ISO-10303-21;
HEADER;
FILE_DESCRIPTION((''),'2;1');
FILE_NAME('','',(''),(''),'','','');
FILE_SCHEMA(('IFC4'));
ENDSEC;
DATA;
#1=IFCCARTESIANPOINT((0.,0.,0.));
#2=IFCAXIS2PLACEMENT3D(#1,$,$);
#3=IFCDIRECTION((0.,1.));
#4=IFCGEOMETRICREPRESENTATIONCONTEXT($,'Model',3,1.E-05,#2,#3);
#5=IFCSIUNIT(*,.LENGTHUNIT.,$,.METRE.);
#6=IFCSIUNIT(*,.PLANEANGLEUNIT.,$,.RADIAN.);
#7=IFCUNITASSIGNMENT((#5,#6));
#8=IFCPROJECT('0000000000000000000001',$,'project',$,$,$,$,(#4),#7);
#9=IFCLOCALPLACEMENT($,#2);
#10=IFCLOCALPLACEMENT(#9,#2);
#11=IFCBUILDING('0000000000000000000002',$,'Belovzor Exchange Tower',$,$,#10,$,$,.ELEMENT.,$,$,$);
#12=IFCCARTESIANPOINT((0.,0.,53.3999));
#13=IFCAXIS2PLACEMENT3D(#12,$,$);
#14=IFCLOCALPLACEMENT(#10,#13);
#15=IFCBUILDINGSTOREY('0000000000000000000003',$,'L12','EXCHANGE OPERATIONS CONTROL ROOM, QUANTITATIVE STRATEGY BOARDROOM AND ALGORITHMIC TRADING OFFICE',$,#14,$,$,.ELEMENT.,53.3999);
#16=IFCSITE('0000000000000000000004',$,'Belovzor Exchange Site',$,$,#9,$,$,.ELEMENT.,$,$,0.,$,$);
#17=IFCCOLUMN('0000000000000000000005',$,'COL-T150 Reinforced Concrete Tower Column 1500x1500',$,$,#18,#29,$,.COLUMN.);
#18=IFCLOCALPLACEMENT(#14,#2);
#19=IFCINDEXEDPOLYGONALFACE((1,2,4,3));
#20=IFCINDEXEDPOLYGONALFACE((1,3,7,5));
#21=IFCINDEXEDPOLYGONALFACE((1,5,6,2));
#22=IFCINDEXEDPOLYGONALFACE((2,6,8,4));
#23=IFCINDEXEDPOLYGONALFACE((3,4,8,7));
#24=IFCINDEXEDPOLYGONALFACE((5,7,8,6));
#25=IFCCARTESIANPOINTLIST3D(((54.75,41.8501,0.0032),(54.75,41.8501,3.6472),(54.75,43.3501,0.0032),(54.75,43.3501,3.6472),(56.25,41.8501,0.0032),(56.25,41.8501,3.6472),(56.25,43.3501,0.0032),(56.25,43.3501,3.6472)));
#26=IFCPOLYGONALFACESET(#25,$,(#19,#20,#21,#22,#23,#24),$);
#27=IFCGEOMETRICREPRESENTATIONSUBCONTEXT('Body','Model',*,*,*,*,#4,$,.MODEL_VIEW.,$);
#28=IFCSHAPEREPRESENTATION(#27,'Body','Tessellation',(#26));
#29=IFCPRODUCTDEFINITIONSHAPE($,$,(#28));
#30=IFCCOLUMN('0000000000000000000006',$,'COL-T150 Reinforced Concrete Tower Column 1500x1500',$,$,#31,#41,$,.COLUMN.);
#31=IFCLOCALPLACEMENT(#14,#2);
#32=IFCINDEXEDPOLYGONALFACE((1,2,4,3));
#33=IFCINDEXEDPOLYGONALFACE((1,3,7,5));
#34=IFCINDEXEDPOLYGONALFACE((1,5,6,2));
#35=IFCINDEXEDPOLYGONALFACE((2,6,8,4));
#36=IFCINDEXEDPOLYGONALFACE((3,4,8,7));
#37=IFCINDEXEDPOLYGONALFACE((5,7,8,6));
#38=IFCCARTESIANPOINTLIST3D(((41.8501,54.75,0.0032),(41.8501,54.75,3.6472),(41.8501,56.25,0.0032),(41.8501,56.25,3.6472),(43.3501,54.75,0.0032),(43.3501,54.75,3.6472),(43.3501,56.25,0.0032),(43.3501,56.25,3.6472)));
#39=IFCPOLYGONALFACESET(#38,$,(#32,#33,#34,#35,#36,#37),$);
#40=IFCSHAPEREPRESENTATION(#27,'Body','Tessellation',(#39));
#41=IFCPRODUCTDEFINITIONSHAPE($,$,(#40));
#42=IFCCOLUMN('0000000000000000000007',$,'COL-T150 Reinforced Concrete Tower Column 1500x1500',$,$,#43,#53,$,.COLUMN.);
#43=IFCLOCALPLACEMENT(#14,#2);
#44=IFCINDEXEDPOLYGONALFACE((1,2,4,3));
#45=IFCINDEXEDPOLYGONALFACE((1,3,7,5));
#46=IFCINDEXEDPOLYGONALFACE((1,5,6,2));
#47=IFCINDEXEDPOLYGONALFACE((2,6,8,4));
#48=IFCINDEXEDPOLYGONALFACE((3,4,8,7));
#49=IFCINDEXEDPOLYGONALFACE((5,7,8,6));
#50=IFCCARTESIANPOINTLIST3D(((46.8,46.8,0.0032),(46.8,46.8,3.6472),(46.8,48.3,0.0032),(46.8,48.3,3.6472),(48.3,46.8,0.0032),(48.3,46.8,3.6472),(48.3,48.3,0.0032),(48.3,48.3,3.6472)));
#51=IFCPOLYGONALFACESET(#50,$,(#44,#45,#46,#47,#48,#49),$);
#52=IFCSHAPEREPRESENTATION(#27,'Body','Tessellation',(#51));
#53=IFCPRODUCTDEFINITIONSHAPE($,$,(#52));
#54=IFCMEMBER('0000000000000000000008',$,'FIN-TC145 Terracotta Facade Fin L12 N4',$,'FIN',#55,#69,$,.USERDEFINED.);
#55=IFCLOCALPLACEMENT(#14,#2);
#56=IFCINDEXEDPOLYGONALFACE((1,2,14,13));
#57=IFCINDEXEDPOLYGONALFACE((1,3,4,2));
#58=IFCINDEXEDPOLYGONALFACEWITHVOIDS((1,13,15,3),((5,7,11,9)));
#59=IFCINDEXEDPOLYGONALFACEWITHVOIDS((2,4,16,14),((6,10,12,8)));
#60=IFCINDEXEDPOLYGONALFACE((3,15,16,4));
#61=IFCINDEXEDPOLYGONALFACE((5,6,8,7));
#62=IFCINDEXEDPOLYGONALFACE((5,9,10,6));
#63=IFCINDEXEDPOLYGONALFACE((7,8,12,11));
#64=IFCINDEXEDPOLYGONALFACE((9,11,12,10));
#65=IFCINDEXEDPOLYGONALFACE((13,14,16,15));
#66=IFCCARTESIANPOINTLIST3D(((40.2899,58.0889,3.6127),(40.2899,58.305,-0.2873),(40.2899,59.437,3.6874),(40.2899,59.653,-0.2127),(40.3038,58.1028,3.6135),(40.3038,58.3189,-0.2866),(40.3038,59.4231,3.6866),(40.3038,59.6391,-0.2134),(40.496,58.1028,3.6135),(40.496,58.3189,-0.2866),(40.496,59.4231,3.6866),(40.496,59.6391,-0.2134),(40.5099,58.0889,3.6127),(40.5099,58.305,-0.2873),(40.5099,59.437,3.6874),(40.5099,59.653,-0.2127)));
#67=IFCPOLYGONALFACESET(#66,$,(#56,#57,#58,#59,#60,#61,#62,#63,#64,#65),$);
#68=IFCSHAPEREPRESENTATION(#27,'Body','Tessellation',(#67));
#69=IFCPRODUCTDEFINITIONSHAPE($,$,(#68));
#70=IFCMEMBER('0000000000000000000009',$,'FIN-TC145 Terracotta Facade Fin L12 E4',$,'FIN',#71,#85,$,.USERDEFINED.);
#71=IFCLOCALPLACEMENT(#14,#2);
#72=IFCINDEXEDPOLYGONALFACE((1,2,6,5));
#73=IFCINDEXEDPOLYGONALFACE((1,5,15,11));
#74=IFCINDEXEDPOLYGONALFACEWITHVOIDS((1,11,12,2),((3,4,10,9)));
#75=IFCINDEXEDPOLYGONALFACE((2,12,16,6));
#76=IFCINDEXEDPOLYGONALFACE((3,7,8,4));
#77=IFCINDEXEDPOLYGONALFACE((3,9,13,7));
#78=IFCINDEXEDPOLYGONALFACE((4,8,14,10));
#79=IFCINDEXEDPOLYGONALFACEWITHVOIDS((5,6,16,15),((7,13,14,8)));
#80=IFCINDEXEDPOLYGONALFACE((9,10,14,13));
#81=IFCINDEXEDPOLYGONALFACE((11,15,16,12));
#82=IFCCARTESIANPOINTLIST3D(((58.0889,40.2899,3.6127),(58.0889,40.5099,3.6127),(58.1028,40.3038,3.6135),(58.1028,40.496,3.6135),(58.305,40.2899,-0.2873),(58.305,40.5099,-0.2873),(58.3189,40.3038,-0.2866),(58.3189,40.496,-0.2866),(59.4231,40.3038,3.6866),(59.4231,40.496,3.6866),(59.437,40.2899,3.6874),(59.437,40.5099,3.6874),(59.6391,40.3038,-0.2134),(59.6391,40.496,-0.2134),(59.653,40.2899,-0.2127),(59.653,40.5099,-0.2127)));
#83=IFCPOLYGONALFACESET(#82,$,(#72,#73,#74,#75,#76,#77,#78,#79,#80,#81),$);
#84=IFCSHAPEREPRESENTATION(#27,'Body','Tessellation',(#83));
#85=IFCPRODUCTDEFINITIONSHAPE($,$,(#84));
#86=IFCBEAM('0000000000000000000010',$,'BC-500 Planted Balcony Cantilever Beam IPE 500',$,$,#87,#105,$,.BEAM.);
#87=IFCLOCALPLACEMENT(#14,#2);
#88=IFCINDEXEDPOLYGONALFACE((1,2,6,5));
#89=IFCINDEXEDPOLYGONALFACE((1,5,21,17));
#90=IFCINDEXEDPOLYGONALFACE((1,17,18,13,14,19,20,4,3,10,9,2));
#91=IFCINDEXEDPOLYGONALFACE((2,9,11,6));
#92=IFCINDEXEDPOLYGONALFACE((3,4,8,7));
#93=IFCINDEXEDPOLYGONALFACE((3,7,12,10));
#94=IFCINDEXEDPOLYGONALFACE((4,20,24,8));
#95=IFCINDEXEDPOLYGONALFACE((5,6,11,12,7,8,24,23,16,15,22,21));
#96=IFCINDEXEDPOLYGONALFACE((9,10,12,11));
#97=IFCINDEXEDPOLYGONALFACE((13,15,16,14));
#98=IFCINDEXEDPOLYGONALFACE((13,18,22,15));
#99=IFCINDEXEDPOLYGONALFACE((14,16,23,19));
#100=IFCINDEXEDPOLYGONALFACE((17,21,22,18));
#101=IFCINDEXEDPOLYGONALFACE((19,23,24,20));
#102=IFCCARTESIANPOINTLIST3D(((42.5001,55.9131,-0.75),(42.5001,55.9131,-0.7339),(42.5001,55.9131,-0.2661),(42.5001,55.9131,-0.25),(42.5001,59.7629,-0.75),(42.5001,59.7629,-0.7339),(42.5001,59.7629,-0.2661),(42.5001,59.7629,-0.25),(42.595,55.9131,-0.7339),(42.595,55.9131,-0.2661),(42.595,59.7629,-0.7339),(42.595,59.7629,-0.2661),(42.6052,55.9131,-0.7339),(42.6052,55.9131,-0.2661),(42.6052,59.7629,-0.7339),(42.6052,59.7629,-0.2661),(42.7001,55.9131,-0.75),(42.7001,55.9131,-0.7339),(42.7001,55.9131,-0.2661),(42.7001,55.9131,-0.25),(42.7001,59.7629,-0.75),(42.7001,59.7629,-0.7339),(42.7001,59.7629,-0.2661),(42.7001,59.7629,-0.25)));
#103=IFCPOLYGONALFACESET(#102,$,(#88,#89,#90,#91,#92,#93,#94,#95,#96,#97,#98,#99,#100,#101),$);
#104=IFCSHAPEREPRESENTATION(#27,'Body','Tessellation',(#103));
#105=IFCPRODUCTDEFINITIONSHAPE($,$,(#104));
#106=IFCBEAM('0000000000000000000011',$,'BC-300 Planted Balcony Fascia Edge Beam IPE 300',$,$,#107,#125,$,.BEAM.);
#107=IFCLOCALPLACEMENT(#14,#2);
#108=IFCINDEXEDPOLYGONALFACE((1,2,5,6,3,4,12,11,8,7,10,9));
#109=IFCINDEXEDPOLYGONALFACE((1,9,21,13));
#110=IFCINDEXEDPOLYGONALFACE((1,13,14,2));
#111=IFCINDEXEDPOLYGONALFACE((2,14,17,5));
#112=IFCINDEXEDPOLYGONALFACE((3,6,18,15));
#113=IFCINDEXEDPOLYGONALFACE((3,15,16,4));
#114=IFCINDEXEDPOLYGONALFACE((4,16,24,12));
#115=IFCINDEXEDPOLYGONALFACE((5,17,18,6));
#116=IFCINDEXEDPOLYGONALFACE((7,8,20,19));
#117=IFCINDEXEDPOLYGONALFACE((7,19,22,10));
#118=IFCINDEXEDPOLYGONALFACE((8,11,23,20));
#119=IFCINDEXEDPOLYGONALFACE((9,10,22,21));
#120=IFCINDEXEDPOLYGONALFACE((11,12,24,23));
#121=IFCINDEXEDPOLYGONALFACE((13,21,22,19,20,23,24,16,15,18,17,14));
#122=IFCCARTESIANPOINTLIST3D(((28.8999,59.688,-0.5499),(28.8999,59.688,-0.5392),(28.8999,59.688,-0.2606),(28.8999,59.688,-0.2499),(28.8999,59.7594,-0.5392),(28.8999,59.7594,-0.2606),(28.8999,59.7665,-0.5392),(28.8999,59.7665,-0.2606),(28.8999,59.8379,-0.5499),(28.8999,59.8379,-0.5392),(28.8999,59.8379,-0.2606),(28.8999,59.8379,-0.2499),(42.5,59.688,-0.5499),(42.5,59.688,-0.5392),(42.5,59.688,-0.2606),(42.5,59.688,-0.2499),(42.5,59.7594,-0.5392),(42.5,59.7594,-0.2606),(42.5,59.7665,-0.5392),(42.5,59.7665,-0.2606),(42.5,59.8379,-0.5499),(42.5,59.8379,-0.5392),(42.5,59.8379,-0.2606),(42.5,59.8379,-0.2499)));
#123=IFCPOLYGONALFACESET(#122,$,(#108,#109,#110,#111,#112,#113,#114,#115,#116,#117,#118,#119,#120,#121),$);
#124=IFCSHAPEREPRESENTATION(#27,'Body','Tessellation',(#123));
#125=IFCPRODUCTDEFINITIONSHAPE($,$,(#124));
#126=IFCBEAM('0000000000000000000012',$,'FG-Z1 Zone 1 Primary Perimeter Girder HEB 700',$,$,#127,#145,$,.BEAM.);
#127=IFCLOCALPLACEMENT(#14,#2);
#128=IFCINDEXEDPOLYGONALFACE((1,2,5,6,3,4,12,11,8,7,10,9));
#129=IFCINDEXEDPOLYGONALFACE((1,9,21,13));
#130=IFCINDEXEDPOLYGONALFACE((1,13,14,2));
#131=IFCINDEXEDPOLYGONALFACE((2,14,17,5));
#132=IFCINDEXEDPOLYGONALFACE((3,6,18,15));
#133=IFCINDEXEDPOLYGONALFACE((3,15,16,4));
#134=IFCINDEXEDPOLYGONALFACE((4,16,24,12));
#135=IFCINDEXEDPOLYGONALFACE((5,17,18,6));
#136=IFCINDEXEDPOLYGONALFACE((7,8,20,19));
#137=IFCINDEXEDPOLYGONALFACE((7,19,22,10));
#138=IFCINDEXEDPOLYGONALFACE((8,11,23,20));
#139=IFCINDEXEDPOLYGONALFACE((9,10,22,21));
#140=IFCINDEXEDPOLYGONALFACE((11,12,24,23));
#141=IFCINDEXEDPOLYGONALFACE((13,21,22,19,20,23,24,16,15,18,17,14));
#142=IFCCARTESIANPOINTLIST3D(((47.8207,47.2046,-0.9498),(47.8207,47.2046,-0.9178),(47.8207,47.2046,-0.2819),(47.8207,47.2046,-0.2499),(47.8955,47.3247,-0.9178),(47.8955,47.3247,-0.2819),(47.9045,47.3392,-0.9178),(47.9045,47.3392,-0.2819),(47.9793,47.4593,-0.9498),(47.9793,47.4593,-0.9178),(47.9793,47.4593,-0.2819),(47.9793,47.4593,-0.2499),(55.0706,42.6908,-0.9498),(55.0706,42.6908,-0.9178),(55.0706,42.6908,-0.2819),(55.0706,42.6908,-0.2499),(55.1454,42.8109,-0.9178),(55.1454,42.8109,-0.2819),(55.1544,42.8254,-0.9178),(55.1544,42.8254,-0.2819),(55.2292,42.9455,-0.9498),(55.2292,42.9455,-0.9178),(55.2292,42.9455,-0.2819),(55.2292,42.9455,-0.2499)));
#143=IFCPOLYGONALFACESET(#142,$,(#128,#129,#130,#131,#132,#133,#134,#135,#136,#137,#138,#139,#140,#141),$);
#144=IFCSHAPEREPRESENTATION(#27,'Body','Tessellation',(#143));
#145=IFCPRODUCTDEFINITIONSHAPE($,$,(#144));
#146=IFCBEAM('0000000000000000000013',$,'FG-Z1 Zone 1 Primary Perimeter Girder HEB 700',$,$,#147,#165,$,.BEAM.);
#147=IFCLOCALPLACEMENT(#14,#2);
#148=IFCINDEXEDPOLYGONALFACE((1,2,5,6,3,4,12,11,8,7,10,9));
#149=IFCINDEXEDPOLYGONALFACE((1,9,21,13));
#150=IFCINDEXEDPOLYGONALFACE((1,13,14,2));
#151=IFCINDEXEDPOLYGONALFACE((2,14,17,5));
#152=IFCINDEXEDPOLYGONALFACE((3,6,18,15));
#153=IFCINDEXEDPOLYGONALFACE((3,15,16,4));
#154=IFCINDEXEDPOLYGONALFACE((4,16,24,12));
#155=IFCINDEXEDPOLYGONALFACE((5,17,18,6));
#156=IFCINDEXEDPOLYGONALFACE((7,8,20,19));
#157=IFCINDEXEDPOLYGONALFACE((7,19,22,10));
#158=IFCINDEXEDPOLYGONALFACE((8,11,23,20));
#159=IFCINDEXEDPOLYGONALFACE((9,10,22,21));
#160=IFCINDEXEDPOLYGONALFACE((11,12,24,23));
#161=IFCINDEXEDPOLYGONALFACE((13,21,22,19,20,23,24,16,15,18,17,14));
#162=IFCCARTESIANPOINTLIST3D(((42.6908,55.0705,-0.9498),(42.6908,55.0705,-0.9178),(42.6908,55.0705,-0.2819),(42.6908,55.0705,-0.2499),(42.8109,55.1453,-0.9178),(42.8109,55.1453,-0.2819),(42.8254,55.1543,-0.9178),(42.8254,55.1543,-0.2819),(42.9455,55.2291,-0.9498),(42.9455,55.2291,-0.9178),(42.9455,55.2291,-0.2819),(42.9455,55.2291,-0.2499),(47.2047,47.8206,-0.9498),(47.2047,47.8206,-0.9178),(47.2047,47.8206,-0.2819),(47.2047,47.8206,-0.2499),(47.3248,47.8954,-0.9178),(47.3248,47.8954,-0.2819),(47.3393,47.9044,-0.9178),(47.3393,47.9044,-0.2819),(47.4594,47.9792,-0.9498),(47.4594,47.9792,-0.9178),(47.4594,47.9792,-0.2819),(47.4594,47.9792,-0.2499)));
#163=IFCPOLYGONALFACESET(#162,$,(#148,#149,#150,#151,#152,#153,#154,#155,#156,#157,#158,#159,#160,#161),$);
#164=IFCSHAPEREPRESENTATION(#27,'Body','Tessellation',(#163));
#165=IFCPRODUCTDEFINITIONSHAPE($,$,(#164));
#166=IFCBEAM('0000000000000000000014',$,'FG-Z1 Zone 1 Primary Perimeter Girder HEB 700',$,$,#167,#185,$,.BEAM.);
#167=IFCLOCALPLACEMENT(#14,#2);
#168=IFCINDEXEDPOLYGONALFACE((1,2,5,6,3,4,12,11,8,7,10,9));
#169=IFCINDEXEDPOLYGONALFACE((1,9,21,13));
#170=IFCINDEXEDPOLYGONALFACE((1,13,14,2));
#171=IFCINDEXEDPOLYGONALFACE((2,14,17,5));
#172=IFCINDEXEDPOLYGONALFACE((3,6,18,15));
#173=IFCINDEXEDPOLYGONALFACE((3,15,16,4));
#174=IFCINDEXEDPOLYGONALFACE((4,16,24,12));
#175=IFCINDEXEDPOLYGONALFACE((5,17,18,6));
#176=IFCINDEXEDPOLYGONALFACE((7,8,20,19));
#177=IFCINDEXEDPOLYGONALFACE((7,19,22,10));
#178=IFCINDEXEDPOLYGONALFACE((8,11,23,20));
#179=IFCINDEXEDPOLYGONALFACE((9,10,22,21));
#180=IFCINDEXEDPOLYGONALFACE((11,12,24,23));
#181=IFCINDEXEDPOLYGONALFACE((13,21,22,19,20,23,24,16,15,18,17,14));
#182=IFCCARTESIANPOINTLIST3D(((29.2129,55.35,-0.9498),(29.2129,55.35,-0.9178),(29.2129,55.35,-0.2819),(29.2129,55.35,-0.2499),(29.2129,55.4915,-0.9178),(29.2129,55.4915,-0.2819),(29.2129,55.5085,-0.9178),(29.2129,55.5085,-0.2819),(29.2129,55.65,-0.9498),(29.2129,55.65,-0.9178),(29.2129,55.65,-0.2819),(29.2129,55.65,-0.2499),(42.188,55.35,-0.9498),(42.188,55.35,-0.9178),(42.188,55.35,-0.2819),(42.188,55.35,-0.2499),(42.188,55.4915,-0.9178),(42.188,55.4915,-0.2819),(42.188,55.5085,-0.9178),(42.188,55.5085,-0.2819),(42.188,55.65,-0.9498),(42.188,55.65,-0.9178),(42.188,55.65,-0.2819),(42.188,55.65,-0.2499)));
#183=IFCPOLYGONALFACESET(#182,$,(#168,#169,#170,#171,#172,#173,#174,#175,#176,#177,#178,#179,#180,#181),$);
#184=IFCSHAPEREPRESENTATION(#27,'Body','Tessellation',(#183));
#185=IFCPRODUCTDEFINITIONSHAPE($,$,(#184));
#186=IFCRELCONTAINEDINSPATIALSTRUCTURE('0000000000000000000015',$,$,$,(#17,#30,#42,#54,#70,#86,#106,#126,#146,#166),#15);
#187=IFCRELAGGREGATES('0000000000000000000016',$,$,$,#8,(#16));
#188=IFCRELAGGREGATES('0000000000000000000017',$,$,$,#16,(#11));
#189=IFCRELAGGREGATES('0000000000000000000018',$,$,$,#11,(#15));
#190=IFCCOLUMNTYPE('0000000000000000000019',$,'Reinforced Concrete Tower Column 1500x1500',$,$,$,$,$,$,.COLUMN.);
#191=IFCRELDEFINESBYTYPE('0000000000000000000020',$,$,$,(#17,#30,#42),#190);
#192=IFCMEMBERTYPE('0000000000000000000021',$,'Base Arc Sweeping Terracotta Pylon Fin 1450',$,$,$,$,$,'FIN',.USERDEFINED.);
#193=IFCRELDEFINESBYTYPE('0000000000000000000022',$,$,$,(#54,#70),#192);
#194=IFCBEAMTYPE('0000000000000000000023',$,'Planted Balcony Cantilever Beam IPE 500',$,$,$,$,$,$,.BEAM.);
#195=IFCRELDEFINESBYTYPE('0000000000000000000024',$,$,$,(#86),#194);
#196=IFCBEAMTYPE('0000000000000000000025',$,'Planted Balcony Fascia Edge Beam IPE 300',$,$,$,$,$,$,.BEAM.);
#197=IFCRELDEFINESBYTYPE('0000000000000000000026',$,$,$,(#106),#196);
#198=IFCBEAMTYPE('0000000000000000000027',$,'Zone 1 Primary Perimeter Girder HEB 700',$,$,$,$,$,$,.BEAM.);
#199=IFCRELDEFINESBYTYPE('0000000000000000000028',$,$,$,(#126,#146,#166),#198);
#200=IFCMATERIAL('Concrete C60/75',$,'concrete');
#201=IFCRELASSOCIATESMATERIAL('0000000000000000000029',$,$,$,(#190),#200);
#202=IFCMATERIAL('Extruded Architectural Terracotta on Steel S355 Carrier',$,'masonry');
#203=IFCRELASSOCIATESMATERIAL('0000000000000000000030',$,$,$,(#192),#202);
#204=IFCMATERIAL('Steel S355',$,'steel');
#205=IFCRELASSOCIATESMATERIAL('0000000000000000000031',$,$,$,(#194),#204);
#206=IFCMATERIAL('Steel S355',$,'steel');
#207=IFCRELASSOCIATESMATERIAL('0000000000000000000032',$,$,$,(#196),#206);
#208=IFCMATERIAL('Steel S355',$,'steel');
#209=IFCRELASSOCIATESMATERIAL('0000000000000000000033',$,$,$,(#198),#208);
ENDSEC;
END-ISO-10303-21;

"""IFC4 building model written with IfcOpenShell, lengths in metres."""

from ifc_helpers import new_model, si_unit, direction, frame, origin, origin_2d, place, context, subcontext, project, spatial, rectangle, hollow_rectangle, i_section, extrude, material, material_profile, profile_set, type_object, element, save


model = new_model("IFC4")

# Units and contexts
model_context = context("Model", 3, precision=1e-05, world=origin(), true_north=direction((0.0, 1.0)))
body_context = subcontext(model_context, "Body", "Model", "MODEL_VIEW")
ifc_project = project(units=[si_unit("LENGTHUNIT", "METRE"), si_unit("PLANEANGLEUNIT", "RADIAN")], contexts=[model_context])

# Site, building, storey
site_placement = place(None, origin())
site = spatial("IfcSite", under=ifc_project, at=site_placement, Name="Belovzor Exchange Site", CompositionType="ELEMENT", RefElevation=0.0)
building_placement = place(site_placement, origin())
building = spatial("IfcBuilding", under=site, at=building_placement, Name="Belovzor Exchange Tower", CompositionType="ELEMENT")
storey_placement = place(building_placement, frame((0.0, 0.0, 53.3999)))
storey = spatial("IfcBuildingStorey", under=building, at=storey_placement, Name="L12", Description="EXCHANGE OPERATIONS CONTROL ROOM, QUANTITATIVE STRATEGY BOARDROOM AND ALGORITHMIC TRADING OFFICE", CompositionType="ELEMENT", Elevation=53.3999)

# Columns
ifc_material_1 = material(Name="Concrete C60/75", Category="concrete")
ifc_material_profile_1 = material_profile(ifc_material_1, rectangle(XDim=1.5, YDim=1.5, at=origin_2d()))
ifc_profile_set_1 = profile_set([ifc_material_profile_1], Name="Concrete C60/75")
column_type = type_object("IfcColumnType", Name="Reinforced Concrete Tower Column 1500x1500", PredefinedType="COLUMN", material=ifc_profile_set_1)
for number, where, z_axis, x_axis, name in (
    (1, (55.5, 42.6001, 0.0032), (0.0, 0.0, 1.0), (1.0, 0.0, 0.0), "COL-T150 Reinforced Concrete Tower Column 1500x1500"),
    (2, (42.6001, 55.5, 0.0032), (0.0, 0.0, 1.0), (1.0, 0.0, 0.0), "COL-T150 Reinforced Concrete Tower Column 1500x1500"),
    (3, (47.55, 47.55, 0.0032), (0.0, 0.0, 1.0), (1.0, 0.0, 0.0), "COL-T150 Reinforced Concrete Tower Column 1500x1500"),
):
    element("IfcColumn", number, at=place(storey_placement, frame(where, z_axis=z_axis, x_axis=x_axis)), inside=storey, type_object=column_type, Name=name, PredefinedType="COLUMN", context=body_context, shape_type="SweptSolid", body=[
        extrude(rectangle(XDim=1.5, YDim=1.5, at=origin_2d()), origin(), (0.0, 0.0, 1.0), 3.644),
    ])

# Members
ifc_material_2 = material(Name="Extruded Architectural Terracotta on Steel S355 Carrier", Category="masonry")
ifc_material_profile_2 = material_profile(ifc_material_2, hollow_rectangle(XDim=0.22, YDim=1.3501, WallThickness=0.0139, at=origin_2d()))
ifc_profile_set_2 = profile_set([ifc_material_profile_2], Name="Extruded Architectural Terracotta on Steel S355 Carrier")
member_type = type_object("IfcMemberType", Name="Base Arc Sweeping Terracotta Pylon Fin 1450", ElementType="FIN", PredefinedType="USERDEFINED", material=ifc_profile_set_2)
for number, where, z_axis, x_axis, name in (
    (4, (40.3999, 58.979, -0.25), (0.0, -0.055314, 0.998469), (1.0, 0.0, 0.0), "FIN-TC145 Terracotta Facade Fin L12 N4"),
    (5, (58.979, 40.3999, -0.25), (-0.055314, 0.0, 0.998469), (0.0, -1.0, 0.0), "FIN-TC145 Terracotta Facade Fin L12 E4"),
):
    element("IfcMember", number, at=place(storey_placement, frame(where, z_axis=z_axis, x_axis=x_axis)), inside=storey, type_object=member_type, Name=name, ObjectType="FIN", PredefinedType="USERDEFINED", context=body_context, shape_type="SweptSolid", body=[
        extrude(hollow_rectangle(XDim=0.22, YDim=1.3501, WallThickness=0.0139, at=origin_2d()), origin(), (0.0, 0.0, 1.0), 3.906),
    ])

# Beams
ifc_material_3 = material(Name="Steel S355", Category="steel")
ifc_material_profile_3 = material_profile(ifc_material_3, i_section(OverallWidth=0.2, OverallDepth=0.5, WebThickness=0.0103, FlangeThickness=0.0161, at=origin_2d()))
ifc_profile_set_3 = profile_set([ifc_material_profile_3], Name="Steel S355")
beam_type_1 = type_object("IfcBeamType", Name="Planted Balcony Cantilever Beam IPE 500", PredefinedType="BEAM", material=ifc_profile_set_3)
beam_1_placement = place(storey_placement, frame((42.6001, 55.9131, -0.5), z_axis=(0.0, 1.0, 0.0), x_axis=(-1.0, 0.0, 0.0)))
element("IfcBeam", 6, at=beam_1_placement, inside=storey, type_object=beam_type_1, Name="BC-500 Planted Balcony Cantilever Beam IPE 500", PredefinedType="BEAM", context=body_context, shape_type="SweptSolid", body=[
    extrude(i_section(OverallWidth=0.2, OverallDepth=0.5, WebThickness=0.0103, FlangeThickness=0.0161, at=origin_2d()), origin(), (0.0, 0.0, 1.0), 3.8499),
])
ifc_material_4 = material(Name="Steel S355", Category="steel")
ifc_material_profile_4 = material_profile(ifc_material_4, i_section(OverallWidth=0.1499, OverallDepth=0.3, WebThickness=0.0071, FlangeThickness=0.0107, at=origin_2d()))
ifc_profile_set_4 = profile_set([ifc_material_profile_4], Name="Steel S355")
beam_type_2 = type_object("IfcBeamType", Name="Planted Balcony Fascia Edge Beam IPE 300", PredefinedType="BEAM", material=ifc_profile_set_4)
beam_2_placement = place(storey_placement, frame((42.5, 59.7629, -0.3999), z_axis=(-1.0, 0.0, 0.0), x_axis=(0.0, -1.0, 0.0)))
element("IfcBeam", 7, at=beam_2_placement, inside=storey, type_object=beam_type_2, Name="BC-300 Planted Balcony Fascia Edge Beam IPE 300", PredefinedType="BEAM", context=body_context, shape_type="SweptSolid", body=[
    extrude(i_section(OverallWidth=0.1499, OverallDepth=0.3, WebThickness=0.0071, FlangeThickness=0.0107, at=origin_2d()), origin(), (0.0, 0.0, 1.0), 13.6001),
])
ifc_material_5 = material(Name="Steel S355", Category="steel")
ifc_material_profile_5 = material_profile(ifc_material_5, i_section(OverallWidth=0.3, OverallDepth=0.7, WebThickness=0.0171, FlangeThickness=0.032, at=origin_2d()))
ifc_profile_set_5 = profile_set([ifc_material_profile_5], Name="Steel S355")
beam_type_3 = type_object("IfcBeamType", Name="Zone 1 Primary Perimeter Girder HEB 700", PredefinedType="BEAM", material=ifc_profile_set_5)
for number, where, z_axis, x_axis, name in (
    (8, (55.1499, 42.8181, -0.5999), (-0.848909, 0.528539, 0.0), (-0.528539, -0.848909, 0.0), "FG-Z1 Zone 1 Primary Perimeter Girder HEB 700"),
    (9, (47.332, 47.8999, -0.5999), (-0.528539, 0.848909, 0.0), (-0.848909, -0.528539, 0.0), "FG-Z1 Zone 1 Primary Perimeter Girder HEB 700"),
):
    element("IfcBeam", number, at=place(storey_placement, frame(where, z_axis=z_axis, x_axis=x_axis)), inside=storey, type_object=beam_type_3, Name=name, PredefinedType="BEAM", context=body_context, shape_type="SweptSolid", body=[
        extrude(i_section(OverallWidth=0.3, OverallDepth=0.7, WebThickness=0.0171, FlangeThickness=0.032, at=origin_2d()), origin(), (0.0, 0.0, 1.0), 8.5403),
    ])
beam_3_placement = place(storey_placement, frame((42.188, 55.5, -0.5999), z_axis=(-1.0, 0.0, 0.0), x_axis=(0.0, -1.0, 0.0)))
element("IfcBeam", 10, at=beam_3_placement, inside=storey, type_object=beam_type_3, Name="FG-Z1 Zone 1 Primary Perimeter Girder HEB 700", PredefinedType="BEAM", context=body_context, shape_type="SweptSolid", body=[
    extrude(i_section(OverallWidth=0.3, OverallDepth=0.7, WebThickness=0.0171, FlangeThickness=0.032, at=origin_2d()), origin(), (0.0, 0.0, 1.0), 12.9751),
])

save(model, "model.ifc")
